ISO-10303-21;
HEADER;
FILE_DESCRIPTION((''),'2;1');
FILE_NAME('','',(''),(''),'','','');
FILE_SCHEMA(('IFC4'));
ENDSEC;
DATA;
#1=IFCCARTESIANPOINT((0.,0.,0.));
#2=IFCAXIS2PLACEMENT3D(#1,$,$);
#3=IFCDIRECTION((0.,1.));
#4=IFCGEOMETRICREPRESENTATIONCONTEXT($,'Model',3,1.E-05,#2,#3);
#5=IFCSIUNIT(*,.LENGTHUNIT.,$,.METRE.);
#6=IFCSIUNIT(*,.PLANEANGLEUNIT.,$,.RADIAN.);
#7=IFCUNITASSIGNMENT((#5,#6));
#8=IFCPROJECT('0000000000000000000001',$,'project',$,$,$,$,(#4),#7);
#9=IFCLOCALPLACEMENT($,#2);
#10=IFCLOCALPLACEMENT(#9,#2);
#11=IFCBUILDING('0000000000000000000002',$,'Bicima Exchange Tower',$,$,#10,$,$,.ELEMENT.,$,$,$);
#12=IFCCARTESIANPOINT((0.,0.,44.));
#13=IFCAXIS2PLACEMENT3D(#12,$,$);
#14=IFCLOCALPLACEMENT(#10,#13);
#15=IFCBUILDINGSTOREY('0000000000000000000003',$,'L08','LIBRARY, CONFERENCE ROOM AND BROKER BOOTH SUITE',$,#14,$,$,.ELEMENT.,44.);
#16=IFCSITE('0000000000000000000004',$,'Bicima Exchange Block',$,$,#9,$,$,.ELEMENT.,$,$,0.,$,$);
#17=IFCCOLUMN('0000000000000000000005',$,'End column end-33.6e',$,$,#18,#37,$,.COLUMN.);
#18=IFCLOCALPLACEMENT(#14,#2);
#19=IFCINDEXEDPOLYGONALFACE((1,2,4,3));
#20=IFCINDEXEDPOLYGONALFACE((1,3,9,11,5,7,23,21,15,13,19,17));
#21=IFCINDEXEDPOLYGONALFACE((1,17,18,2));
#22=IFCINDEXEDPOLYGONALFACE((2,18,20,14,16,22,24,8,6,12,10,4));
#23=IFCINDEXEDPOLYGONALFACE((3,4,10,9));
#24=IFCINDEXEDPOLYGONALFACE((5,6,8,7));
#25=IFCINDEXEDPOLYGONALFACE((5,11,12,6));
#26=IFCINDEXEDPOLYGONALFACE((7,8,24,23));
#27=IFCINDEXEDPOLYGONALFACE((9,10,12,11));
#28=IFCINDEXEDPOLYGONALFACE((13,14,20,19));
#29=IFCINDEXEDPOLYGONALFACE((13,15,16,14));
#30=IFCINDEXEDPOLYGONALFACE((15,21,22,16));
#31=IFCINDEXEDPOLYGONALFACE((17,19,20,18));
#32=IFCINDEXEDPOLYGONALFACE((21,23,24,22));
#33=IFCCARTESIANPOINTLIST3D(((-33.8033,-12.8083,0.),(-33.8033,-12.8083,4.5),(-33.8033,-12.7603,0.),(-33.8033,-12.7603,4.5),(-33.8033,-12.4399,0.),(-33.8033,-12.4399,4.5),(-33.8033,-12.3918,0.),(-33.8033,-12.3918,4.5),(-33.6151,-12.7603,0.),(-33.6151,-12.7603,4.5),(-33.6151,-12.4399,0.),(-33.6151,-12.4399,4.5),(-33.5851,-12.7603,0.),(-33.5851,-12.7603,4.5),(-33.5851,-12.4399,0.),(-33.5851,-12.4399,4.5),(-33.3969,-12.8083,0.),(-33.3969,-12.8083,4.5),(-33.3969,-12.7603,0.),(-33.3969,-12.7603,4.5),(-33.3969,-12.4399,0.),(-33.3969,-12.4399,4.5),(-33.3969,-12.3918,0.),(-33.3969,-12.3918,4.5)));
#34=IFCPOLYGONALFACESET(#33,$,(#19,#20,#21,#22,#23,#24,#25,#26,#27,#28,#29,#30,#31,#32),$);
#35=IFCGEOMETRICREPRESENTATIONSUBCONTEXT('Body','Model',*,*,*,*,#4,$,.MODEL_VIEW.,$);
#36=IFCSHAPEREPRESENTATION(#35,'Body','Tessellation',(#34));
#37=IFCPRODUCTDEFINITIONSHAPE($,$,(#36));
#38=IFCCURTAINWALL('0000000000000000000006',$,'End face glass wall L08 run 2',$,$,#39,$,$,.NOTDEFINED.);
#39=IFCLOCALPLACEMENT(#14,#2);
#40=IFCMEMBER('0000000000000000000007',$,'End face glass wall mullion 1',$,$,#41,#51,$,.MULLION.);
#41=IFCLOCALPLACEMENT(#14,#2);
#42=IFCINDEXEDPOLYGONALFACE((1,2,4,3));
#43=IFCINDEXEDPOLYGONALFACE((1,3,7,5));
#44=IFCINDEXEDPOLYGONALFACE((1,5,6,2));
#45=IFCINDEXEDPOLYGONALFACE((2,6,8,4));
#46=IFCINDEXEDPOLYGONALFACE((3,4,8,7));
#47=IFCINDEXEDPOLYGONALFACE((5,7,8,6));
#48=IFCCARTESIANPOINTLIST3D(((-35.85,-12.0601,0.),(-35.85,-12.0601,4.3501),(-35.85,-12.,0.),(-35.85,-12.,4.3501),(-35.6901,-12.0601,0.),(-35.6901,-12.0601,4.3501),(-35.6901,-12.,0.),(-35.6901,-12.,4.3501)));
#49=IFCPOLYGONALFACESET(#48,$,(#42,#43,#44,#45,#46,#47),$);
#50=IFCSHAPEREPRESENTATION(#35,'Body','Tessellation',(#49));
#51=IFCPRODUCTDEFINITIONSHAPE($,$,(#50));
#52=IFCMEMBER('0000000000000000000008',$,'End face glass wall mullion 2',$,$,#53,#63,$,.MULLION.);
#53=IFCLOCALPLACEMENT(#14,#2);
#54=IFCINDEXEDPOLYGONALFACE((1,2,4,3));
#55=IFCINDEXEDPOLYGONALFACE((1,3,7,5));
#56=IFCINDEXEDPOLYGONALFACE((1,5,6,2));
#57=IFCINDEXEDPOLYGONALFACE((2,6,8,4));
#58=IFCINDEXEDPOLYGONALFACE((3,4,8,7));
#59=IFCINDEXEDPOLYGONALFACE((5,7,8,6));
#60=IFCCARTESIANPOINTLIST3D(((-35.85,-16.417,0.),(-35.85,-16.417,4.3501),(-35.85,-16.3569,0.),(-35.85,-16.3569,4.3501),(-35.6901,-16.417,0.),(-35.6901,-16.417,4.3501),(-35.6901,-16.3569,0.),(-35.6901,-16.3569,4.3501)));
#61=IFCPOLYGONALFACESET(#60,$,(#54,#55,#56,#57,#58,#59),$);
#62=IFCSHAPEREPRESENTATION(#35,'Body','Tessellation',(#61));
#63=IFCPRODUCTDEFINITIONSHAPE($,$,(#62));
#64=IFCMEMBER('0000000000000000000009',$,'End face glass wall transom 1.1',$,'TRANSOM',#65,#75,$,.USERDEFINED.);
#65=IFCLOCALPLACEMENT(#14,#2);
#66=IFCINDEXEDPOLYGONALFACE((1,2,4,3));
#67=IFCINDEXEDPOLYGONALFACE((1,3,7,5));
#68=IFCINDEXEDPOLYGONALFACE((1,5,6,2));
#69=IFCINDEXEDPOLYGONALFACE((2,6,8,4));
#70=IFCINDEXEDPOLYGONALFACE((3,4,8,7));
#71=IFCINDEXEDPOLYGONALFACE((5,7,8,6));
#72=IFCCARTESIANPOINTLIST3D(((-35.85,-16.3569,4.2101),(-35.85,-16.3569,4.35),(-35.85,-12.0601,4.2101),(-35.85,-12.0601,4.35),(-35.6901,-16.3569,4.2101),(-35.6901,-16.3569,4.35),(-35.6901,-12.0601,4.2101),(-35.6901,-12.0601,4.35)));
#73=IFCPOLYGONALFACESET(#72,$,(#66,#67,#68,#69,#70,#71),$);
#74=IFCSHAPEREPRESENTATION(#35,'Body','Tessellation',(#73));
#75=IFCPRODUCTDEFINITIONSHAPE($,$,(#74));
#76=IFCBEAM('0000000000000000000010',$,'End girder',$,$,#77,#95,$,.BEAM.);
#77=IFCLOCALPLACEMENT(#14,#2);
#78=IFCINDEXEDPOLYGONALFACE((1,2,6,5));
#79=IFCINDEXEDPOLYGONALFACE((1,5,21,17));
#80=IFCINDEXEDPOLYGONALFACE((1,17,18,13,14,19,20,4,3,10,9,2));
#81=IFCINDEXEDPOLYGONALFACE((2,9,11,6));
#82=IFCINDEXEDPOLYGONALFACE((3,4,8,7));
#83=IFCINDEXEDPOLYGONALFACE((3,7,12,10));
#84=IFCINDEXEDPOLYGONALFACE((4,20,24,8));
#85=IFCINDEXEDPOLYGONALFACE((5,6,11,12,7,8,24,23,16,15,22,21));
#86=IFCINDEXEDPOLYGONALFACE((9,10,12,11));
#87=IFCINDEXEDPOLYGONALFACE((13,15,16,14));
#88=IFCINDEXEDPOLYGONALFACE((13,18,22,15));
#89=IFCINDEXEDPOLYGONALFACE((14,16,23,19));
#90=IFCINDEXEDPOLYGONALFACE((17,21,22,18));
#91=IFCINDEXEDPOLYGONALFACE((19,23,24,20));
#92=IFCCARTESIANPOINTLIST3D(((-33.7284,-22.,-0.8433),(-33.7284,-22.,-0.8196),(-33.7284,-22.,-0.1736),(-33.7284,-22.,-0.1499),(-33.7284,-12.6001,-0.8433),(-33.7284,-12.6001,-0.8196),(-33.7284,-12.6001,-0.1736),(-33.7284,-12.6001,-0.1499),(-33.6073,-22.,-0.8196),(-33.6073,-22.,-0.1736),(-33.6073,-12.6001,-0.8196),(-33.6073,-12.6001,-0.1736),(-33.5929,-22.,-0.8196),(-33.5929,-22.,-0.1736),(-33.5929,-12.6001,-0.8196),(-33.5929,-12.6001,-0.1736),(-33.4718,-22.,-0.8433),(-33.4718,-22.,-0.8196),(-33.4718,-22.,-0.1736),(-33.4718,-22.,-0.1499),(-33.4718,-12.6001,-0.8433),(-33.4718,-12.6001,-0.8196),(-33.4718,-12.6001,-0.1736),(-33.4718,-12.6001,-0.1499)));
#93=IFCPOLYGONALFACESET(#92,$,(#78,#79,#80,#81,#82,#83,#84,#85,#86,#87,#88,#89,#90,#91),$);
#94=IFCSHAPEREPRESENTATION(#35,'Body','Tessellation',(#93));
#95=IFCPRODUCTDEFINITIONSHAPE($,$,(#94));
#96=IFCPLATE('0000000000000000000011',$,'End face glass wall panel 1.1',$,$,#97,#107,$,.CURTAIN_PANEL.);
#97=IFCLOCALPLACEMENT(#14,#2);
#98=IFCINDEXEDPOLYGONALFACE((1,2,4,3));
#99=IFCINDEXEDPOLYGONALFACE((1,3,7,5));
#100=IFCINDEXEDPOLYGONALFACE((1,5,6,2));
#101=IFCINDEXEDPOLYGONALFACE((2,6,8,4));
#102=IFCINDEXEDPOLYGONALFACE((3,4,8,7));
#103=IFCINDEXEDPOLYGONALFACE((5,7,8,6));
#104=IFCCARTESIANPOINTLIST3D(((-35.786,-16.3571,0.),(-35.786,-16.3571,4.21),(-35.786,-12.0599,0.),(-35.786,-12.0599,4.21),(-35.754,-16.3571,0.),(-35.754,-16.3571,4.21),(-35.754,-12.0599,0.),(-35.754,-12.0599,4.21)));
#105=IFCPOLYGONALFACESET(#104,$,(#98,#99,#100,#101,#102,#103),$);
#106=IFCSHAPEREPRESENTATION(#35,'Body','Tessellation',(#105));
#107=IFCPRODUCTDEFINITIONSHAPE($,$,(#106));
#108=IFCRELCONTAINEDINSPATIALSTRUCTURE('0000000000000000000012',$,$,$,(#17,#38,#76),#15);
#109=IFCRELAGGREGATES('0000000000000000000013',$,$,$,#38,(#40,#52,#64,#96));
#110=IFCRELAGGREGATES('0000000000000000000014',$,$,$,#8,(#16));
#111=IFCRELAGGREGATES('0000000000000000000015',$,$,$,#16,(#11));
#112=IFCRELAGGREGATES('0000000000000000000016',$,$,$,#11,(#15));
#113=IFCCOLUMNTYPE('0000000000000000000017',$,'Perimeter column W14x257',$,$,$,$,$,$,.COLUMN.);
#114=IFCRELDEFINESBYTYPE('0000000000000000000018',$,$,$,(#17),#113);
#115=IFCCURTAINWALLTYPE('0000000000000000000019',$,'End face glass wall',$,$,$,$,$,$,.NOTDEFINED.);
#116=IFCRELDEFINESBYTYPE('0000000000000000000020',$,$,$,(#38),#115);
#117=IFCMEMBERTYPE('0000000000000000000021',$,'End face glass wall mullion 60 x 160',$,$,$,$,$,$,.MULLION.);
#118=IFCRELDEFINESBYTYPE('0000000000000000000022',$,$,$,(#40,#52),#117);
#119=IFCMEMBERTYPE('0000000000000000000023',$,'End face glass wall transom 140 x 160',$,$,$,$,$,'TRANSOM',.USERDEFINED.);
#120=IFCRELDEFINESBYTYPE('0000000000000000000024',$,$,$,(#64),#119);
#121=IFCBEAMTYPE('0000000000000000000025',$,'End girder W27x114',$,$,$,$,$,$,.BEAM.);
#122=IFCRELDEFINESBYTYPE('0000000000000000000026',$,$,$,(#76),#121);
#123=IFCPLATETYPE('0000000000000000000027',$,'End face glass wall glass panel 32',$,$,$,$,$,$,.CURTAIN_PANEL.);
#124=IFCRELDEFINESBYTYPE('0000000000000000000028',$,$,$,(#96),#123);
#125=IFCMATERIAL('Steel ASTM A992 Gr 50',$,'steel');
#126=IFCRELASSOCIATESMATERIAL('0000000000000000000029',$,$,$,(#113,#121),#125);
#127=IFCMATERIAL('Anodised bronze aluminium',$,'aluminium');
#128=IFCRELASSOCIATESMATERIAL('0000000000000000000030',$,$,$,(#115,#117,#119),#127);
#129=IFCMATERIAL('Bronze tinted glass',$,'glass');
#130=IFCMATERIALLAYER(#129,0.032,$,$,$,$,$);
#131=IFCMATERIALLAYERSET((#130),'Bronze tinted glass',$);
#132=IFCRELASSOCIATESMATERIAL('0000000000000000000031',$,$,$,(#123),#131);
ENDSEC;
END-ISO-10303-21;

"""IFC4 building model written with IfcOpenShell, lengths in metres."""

from ifc_helpers import new_model, si_unit, direction, frame, origin, origin_2d, place, context, subcontext, project, spatial, rectangle, i_section, extrude, material, layer, layer_set, material_profile, profile_set, type_object, element, aggregate, save


model = new_model("IFC4")

# Units and contexts
model_context = context("Model", 3, precision=1e-05, world=origin(), true_north=direction((0.0, 1.0)))
body_context = subcontext(model_context, "Body", "Model", "MODEL_VIEW")
ifc_project = project(units=[si_unit("LENGTHUNIT", "METRE"), si_unit("PLANEANGLEUNIT", "RADIAN")], contexts=[model_context])

# Site, building, storey
site_placement = place(None, origin())
site = spatial("IfcSite", under=ifc_project, at=site_placement, Name="Bicima Exchange Block", CompositionType="ELEMENT", RefElevation=0.0)
building_placement = place(site_placement, origin())
building = spatial("IfcBuilding", under=site, at=building_placement, Name="Bicima Exchange Tower", CompositionType="ELEMENT")
storey_placement = place(building_placement, frame((0.0, 0.0, 44.0)))
storey = spatial("IfcBuildingStorey", under=building, at=storey_placement, Name="L08", Description="LIBRARY, CONFERENCE ROOM AND BROKER BOOTH SUITE", CompositionType="ELEMENT", Elevation=44.0)

# Column
ifc_material_1 = material(Name="Steel ASTM A992 Gr 50", Category="steel")
ifc_material_profile_1 = material_profile(ifc_material_1, i_section(OverallWidth=0.4065, OverallDepth=0.4165, WebThickness=0.03, FlangeThickness=0.0481, at=origin_2d()))
ifc_profile_set_1 = profile_set([ifc_material_profile_1], Name="Steel ASTM A992 Gr 50")
column_type = type_object("IfcColumnType", Name="Perimeter column W14x257", PredefinedType="COLUMN", material=ifc_profile_set_1)
column_placement = place(storey_placement, frame((-33.6001, -12.6001, 0.0), z_axis=(0.0, 0.0, 1.0), x_axis=(1.0, 0.0, 0.0)))
element("IfcColumn", 1, at=column_placement, inside=storey, type_object=column_type, Name="End column end-33.6e", PredefinedType="COLUMN", context=body_context, shape_type="SweptSolid", body=[
    extrude(i_section(OverallWidth=0.4065, OverallDepth=0.4165, WebThickness=0.03, FlangeThickness=0.0481, at=origin_2d()), origin(), (0.0, 0.0, 1.0), 4.5),
])

# Curtain wall, members
ifc_material_2 = material(Name="Anodised bronze aluminium", Category="aluminium")
curtain_wall_type = type_object("IfcCurtainWallType", Name="End face glass wall", PredefinedType="NOTDEFINED", material=ifc_material_2)
curtain_wall_placement = place(storey_placement, origin())
curtain_wall = element("IfcCurtainWall", 2, at=curtain_wall_placement, inside=storey, type_object=curtain_wall_type, Name="End face glass wall L08 run 2", PredefinedType="NOTDEFINED")
ifc_material_profile_2 = material_profile(ifc_material_2, rectangle(XDim=0.1599, YDim=0.0601, at=origin_2d()))
ifc_profile_set_2 = profile_set([ifc_material_profile_2], Name="Anodised bronze aluminium")
member_type_1 = type_object("IfcMemberType", Name="End face glass wall mullion 60 x 160", PredefinedType="MULLION", material=ifc_profile_set_2)
member_1_placement = place(storey_placement, frame((-35.77, -12.03, 0.0), z_axis=(0.0, 0.0, 1.0), x_axis=(1.0, 0.0, 0.0)))
member_1 = element("IfcMember", 3, at=member_1_placement, type_object=member_type_1, Name="End face glass wall mullion 1", PredefinedType="MULLION", context=body_context, shape_type="SweptSolid", body=[
    extrude(rectangle(XDim=0.1599, YDim=0.0601, at=origin_2d()), origin(), (0.0, 0.0, 1.0), 4.3501),
])
member_2_placement = place(storey_placement, frame((-35.77, -16.387, 0.0), z_axis=(0.0, 0.0, 1.0), x_axis=(1.0, 0.0, 0.0)))
member_2 = element("IfcMember", 4, at=member_2_placement, type_object=member_type_1, Name="End face glass wall mullion 2", PredefinedType="MULLION", context=body_context, shape_type="SweptSolid", body=[
    extrude(rectangle(XDim=0.1599, YDim=0.0601, at=origin_2d()), origin(), (0.0, 0.0, 1.0), 4.3501),
])
ifc_material_profile_3 = material_profile(ifc_material_2, rectangle(XDim=0.1599, YDim=0.1399, at=origin_2d()))
ifc_profile_set_3 = profile_set([ifc_material_profile_3], Name="Anodised bronze aluminium")
member_type_2 = type_object("IfcMemberType", Name="End face glass wall transom 140 x 160", ElementType="TRANSOM", PredefinedType="USERDEFINED", material=ifc_profile_set_3)
member_3_placement = place(storey_placement, frame((-35.77, -12.0601, 4.28), z_axis=(0.0, -1.0, 0.0), x_axis=(1.0, 0.0, 0.0)))
member_3 = element("IfcMember", 5, at=member_3_placement, type_object=member_type_2, Name="End face glass wall transom 1.1", ObjectType="TRANSOM", PredefinedType="USERDEFINED", context=body_context, shape_type="SweptSolid", body=[
    extrude(rectangle(XDim=0.1599, YDim=0.1399, at=origin_2d()), origin(), (0.0, 0.0, 1.0), 4.2969),
])

# Beam
ifc_material_profile_4 = material_profile(ifc_material_1, i_section(OverallWidth=0.2566, OverallDepth=0.6934, WebThickness=0.0144, FlangeThickness=0.0237, at=origin_2d()))
ifc_profile_set_4 = profile_set([ifc_material_profile_4], Name="Steel ASTM A992 Gr 50")
beam_type = type_object("IfcBeamType", Name="End girder W27x114", PredefinedType="BEAM", material=ifc_profile_set_4)
beam_placement = place(storey_placement, frame((-33.6001, -12.6001, -0.4966), z_axis=(0.0, -1.0, 0.0), x_axis=(1.0, 0.0, 0.0)))
element("IfcBeam", 6, at=beam_placement, inside=storey, type_object=beam_type, Name="End girder", PredefinedType="BEAM", context=body_context, shape_type="SweptSolid", body=[
    extrude(i_section(OverallWidth=0.2566, OverallDepth=0.6934, WebThickness=0.0144, FlangeThickness=0.0237, at=origin_2d()), origin(), (0.0, 0.0, 1.0), 9.3999),
])

# Plate
ifc_material_3 = material(Name="Bronze tinted glass", Category="glass")
ifc_layer_1 = layer(ifc_material_3, 0.032)
ifc_layer_set_1 = layer_set([ifc_layer_1], Name="Bronze tinted glass")
plate_type = type_object("IfcPlateType", Name="End face glass wall glass panel 32", PredefinedType="CURTAIN_PANEL", material=ifc_layer_set_1)
plate_placement = place(storey_placement, frame((-35.77, -14.2085, 0.0), z_axis=(0.0, 0.0, 1.0), x_axis=(0.0, -1.0, 0.0)))
plate = element("IfcPlate", 7, at=plate_placement, type_object=plate_type, Name="End face glass wall panel 1.1", PredefinedType="CURTAIN_PANEL", context=body_context, shape_type="SweptSolid", body=[
    extrude(rectangle(XDim=4.2971, YDim=0.032, at=origin_2d()), origin(), (0.0, 0.0, 1.0), 4.21),
])
aggregate(curtain_wall, [member_1, member_2, member_3, plate])

save(model, "model.ifc")
